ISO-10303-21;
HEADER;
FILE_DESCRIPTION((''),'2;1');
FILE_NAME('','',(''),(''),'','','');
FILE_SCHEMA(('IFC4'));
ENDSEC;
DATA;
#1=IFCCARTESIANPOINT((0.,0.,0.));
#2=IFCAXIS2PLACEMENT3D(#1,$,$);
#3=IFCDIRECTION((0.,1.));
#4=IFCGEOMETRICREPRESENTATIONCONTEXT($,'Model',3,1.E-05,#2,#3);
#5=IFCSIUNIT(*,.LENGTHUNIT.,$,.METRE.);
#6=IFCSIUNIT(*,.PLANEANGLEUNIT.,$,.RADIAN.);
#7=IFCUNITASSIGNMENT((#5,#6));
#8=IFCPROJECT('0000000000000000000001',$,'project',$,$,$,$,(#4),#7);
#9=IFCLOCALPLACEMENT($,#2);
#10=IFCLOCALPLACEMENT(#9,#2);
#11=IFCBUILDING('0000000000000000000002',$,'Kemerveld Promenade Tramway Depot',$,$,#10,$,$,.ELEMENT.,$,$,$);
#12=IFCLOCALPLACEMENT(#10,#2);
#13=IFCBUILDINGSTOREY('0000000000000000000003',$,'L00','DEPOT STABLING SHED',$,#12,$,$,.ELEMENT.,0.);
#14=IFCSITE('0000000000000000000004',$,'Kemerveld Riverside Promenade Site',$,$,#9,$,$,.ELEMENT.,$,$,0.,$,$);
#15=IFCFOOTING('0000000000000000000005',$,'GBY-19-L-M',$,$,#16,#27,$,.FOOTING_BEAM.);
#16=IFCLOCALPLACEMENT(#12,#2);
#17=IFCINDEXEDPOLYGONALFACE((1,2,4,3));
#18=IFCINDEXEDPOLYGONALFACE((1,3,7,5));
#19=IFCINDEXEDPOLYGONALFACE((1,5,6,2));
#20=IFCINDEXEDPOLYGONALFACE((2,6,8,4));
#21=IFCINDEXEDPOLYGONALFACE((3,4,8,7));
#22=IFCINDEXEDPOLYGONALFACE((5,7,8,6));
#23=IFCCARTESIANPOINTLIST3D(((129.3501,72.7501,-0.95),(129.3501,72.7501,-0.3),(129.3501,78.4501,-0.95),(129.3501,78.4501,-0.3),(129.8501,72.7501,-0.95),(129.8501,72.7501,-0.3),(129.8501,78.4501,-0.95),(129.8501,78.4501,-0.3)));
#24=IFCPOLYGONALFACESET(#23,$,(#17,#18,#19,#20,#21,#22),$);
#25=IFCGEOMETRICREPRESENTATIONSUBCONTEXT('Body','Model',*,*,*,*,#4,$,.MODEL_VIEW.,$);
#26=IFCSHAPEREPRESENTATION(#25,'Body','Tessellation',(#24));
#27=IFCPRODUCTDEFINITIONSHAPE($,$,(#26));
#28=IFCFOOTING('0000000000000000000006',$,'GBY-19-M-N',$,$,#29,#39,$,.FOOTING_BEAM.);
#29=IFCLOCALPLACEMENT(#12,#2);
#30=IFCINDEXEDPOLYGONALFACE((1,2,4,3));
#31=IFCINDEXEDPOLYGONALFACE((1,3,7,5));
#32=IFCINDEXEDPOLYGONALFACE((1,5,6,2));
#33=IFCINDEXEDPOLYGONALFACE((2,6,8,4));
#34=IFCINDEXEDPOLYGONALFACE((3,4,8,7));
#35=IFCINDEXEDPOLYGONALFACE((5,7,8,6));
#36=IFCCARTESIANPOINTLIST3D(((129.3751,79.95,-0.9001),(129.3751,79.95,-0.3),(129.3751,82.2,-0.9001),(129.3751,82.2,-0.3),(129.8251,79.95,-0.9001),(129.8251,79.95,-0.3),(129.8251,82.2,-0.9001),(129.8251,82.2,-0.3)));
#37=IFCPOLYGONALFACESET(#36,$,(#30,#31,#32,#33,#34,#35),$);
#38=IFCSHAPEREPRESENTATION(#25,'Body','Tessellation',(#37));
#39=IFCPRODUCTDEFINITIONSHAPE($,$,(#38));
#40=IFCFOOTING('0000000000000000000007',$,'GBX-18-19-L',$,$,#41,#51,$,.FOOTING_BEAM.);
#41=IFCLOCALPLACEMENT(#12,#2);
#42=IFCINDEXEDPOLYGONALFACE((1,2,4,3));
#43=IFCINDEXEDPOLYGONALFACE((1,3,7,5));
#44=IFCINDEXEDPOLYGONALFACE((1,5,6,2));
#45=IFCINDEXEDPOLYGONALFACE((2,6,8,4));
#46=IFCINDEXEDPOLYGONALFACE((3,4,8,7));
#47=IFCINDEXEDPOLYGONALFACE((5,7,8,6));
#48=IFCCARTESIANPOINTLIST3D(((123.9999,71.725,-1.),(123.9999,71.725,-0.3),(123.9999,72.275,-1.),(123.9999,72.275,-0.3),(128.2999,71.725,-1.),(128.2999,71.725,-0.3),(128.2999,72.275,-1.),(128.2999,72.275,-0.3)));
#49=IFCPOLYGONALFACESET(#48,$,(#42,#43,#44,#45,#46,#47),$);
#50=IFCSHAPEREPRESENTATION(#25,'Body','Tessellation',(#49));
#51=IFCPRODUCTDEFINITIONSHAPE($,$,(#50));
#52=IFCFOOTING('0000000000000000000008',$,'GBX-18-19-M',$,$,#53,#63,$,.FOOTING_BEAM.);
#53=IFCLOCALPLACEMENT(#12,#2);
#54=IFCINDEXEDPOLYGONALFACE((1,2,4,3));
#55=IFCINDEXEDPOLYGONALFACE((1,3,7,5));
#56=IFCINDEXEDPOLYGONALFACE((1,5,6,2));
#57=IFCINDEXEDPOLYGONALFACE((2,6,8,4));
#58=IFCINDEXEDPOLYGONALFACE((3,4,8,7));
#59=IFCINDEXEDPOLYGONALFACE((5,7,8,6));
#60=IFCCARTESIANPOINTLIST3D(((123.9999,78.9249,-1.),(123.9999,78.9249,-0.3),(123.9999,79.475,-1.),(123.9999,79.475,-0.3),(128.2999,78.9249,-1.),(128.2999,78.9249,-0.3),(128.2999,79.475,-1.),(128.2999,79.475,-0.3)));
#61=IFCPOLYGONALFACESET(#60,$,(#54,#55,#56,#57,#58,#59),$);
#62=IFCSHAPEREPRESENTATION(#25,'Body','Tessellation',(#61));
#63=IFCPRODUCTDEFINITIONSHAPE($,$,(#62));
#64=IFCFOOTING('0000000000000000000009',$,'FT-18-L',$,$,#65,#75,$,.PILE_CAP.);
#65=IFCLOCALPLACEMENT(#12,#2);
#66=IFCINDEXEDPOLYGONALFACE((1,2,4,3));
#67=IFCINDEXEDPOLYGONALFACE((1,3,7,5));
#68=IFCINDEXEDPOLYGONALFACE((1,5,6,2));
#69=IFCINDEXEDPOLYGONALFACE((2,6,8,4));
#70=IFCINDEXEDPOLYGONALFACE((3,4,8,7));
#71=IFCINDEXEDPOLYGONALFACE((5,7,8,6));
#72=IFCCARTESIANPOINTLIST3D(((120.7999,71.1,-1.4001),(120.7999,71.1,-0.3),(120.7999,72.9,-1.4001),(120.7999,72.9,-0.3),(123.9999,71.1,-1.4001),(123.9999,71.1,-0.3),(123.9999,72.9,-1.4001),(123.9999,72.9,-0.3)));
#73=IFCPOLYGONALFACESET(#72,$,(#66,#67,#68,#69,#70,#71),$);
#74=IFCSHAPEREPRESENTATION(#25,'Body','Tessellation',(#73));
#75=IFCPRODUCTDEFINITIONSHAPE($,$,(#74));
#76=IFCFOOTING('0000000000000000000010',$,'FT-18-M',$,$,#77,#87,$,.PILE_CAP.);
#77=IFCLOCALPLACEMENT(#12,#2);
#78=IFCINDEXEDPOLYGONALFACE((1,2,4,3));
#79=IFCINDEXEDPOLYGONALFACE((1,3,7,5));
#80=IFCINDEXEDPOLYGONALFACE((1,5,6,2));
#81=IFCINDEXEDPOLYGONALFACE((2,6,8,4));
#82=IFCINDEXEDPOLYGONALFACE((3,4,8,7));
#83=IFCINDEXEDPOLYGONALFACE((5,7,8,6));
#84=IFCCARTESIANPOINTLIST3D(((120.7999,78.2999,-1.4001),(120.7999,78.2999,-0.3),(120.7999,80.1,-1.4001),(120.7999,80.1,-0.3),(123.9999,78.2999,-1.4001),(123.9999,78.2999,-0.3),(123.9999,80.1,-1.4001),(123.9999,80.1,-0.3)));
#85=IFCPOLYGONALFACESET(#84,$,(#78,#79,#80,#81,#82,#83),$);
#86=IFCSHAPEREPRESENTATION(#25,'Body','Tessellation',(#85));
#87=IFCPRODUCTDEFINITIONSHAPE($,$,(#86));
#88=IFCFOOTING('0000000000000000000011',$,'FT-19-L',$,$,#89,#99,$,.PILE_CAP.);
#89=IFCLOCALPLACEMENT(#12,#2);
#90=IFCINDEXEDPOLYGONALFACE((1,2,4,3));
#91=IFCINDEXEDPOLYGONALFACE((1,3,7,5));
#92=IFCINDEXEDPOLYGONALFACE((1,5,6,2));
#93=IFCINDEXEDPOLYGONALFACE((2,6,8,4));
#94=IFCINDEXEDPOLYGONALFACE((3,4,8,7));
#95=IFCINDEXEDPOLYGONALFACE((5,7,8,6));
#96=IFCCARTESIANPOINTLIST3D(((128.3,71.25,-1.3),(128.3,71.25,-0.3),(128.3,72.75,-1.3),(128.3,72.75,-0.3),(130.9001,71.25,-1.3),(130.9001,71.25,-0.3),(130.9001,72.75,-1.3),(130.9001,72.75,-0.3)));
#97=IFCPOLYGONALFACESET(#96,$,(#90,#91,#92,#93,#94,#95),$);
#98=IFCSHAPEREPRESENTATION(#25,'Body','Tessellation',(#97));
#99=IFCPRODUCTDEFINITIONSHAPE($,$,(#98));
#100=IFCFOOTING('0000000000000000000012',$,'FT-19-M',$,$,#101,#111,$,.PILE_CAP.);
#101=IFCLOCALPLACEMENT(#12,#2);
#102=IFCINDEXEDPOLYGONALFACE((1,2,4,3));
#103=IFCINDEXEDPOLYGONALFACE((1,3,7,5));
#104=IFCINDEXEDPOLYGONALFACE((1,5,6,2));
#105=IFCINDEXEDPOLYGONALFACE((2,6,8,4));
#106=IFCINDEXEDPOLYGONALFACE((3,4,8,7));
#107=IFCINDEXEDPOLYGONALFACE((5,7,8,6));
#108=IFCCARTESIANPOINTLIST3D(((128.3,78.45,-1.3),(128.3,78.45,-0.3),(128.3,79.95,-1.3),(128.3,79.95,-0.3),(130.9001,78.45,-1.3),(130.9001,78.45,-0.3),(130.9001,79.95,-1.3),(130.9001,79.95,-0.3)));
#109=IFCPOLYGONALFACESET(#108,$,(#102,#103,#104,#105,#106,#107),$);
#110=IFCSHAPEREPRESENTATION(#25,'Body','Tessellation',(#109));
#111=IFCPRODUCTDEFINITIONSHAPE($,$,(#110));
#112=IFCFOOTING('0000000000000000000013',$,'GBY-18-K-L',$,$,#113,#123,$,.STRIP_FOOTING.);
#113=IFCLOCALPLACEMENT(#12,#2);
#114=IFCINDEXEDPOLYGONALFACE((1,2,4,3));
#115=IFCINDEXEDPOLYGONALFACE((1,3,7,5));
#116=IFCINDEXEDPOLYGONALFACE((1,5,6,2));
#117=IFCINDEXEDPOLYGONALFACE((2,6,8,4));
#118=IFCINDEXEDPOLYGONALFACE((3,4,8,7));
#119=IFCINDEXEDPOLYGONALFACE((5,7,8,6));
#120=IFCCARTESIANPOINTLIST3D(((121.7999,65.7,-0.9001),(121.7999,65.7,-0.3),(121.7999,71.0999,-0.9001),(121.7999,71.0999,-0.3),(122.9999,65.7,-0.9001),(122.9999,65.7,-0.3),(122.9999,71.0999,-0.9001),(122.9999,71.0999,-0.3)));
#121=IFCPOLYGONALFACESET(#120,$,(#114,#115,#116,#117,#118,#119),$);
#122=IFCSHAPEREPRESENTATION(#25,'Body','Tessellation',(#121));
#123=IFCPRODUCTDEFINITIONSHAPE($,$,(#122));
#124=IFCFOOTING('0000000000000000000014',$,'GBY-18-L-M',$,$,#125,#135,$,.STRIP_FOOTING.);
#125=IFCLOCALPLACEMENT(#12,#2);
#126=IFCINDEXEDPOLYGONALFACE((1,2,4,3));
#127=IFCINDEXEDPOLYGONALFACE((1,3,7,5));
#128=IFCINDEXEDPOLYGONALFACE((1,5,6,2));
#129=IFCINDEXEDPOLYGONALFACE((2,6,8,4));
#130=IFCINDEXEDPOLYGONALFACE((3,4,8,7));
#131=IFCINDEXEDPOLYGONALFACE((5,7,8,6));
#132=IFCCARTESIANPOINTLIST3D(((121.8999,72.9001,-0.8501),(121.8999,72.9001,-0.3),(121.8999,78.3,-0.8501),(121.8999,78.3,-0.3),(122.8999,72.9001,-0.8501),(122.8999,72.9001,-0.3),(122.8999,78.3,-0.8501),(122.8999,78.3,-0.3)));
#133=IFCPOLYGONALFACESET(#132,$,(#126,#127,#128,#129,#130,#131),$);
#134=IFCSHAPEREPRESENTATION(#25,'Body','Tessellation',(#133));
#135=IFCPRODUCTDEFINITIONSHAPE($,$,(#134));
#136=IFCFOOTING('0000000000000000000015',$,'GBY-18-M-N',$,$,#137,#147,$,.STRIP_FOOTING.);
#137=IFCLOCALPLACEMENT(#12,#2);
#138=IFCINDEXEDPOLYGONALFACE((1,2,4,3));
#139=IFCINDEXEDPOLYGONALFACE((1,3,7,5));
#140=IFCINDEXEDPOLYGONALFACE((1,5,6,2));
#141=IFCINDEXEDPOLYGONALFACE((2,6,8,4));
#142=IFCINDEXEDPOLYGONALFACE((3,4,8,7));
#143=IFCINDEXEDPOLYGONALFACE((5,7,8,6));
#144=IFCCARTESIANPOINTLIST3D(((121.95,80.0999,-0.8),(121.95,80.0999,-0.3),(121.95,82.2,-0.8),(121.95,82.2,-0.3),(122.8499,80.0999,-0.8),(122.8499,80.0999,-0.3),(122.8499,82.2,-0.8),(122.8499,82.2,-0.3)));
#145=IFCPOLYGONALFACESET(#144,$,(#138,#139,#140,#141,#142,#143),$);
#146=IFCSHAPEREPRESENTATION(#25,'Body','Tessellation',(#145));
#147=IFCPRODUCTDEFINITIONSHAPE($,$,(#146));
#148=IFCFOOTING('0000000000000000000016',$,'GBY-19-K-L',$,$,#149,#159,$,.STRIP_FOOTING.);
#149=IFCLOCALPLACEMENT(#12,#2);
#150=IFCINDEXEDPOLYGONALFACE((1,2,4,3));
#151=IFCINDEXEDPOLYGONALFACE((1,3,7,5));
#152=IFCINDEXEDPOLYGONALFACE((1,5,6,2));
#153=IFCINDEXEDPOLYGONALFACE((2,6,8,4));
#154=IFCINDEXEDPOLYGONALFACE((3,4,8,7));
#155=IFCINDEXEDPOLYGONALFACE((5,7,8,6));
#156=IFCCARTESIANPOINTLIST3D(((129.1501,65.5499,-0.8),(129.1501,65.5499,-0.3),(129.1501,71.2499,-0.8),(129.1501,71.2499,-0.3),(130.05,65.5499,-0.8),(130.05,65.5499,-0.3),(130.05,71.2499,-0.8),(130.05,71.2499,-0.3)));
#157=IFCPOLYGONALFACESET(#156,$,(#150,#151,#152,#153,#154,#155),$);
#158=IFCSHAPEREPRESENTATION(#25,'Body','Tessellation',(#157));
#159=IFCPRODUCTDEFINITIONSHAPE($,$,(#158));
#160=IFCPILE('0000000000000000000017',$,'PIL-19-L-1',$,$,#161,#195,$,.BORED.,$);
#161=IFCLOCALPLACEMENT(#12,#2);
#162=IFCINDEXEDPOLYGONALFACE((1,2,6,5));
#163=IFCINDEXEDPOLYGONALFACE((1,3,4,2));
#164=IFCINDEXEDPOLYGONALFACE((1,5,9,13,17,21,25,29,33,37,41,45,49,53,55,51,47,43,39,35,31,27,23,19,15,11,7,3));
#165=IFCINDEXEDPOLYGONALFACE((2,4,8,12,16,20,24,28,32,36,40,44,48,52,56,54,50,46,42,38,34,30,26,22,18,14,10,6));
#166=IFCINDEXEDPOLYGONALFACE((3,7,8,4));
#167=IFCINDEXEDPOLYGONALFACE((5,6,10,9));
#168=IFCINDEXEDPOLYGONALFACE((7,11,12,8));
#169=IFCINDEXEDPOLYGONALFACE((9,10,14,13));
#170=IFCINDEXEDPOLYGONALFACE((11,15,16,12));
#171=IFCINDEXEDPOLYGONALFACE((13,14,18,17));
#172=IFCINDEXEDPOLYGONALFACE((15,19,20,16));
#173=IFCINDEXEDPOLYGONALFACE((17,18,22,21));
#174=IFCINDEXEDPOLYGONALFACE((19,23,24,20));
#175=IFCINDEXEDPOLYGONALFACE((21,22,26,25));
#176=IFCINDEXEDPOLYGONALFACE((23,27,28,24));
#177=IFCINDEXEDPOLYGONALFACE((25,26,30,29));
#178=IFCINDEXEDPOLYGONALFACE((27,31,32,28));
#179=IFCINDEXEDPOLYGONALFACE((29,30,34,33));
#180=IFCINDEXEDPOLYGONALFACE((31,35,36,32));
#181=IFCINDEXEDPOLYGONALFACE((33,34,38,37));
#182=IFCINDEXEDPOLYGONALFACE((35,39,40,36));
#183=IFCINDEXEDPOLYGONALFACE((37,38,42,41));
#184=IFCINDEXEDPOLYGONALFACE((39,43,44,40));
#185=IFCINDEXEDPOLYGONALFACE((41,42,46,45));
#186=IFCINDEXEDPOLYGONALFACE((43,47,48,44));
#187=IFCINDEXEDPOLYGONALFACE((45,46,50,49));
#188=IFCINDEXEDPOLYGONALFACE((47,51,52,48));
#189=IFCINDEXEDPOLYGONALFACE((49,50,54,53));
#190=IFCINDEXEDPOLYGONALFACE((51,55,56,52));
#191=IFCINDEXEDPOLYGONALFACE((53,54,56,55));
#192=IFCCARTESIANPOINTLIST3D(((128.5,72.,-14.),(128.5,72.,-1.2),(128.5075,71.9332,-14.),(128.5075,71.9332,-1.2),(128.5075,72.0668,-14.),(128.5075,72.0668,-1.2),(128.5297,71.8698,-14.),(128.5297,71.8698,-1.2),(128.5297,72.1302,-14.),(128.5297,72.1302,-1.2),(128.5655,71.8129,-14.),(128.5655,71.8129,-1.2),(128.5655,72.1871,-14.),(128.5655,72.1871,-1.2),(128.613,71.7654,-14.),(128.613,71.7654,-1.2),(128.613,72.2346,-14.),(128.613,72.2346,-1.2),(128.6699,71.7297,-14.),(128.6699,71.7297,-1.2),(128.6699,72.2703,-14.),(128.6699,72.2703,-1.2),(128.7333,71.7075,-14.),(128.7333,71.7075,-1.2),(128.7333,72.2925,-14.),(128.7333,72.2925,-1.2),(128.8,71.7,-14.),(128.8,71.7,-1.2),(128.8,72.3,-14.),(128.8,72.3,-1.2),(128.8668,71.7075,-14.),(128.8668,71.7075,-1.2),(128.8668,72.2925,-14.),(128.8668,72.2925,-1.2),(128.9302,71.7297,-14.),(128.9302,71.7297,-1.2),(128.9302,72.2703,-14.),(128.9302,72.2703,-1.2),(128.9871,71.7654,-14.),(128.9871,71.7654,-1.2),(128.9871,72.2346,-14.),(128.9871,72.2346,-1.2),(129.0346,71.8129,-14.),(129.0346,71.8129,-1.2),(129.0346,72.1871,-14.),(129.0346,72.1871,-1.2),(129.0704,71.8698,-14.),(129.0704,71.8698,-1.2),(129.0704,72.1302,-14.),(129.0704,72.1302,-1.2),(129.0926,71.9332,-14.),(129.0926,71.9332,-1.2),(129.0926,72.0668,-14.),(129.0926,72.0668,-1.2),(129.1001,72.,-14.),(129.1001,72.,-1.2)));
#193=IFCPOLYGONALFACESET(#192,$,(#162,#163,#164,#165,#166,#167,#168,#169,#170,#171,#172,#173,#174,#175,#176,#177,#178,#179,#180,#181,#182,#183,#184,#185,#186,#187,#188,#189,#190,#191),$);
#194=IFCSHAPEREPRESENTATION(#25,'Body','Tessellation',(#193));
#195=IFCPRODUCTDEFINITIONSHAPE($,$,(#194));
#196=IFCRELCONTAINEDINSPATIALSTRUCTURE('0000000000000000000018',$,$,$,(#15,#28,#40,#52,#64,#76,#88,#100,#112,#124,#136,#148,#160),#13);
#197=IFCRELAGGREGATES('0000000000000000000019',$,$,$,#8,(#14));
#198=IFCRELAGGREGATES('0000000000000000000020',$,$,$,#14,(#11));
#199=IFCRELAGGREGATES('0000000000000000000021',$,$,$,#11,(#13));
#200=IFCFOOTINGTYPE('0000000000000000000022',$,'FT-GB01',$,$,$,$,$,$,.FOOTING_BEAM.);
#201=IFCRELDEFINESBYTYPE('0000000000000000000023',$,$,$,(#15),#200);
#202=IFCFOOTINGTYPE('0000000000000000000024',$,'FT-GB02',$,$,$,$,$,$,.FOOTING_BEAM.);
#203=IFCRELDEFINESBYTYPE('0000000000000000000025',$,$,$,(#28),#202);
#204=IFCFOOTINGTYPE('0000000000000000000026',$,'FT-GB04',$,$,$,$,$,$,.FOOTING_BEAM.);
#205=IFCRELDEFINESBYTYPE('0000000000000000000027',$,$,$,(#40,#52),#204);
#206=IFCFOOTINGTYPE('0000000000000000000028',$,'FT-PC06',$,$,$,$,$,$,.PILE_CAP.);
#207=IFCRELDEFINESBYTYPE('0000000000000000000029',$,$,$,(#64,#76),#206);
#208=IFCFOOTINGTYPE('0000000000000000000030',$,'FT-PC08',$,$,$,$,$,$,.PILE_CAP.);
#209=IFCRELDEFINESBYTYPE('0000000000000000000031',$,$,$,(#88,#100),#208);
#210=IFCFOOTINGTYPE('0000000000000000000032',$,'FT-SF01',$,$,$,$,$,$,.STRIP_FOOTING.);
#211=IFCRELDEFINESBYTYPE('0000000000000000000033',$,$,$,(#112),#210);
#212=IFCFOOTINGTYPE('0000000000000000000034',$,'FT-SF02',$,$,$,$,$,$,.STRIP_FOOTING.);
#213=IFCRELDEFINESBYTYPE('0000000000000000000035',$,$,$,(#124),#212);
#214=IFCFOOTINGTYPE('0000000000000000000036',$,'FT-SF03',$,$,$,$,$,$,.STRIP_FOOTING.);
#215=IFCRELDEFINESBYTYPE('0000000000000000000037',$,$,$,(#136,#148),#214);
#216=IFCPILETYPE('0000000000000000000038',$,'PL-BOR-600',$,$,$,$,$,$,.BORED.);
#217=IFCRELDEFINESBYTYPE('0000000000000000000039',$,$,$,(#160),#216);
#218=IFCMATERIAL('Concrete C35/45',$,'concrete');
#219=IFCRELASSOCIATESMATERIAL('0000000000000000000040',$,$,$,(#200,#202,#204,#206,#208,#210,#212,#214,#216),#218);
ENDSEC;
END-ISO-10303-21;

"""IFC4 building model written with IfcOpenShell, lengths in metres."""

from ifc_helpers import new_model, si_unit, direction, frame, origin, origin_2d, place, context, subcontext, project, spatial, rectangle, circle, extrude, material, material_profile, profile_set, type_object, element, save


model = new_model("IFC4")

# Units and contexts
model_context = context("Model", 3, precision=1e-05, world=origin(), true_north=direction((0.0, 1.0)))
body_context = subcontext(model_context, "Body", "Model", "MODEL_VIEW")
ifc_project = project(units=[si_unit("LENGTHUNIT", "METRE"), si_unit("PLANEANGLEUNIT", "RADIAN")], contexts=[model_context])

# Site, building, storey
site_placement = place(None, origin())
site = spatial("IfcSite", under=ifc_project, at=site_placement, Name="Kemerveld Riverside Promenade Site", CompositionType="ELEMENT", RefElevation=0.0)
building_placement = place(site_placement, origin())
building = spatial("IfcBuilding", under=site, at=building_placement, Name="Kemerveld Promenade Tramway Depot", CompositionType="ELEMENT")
storey_placement = place(building_placement, origin())
storey = spatial("IfcBuildingStorey", under=building, at=storey_placement, Name="L00", Description="DEPOT STABLING SHED", CompositionType="ELEMENT", Elevation=0.0)

# Footings
ifc_material_1 = material(Name="Concrete C35/45", Category="concrete")
footing_type_1 = type_object("IfcFootingType", Name="FT-GB01", PredefinedType="FOOTING_BEAM", material=ifc_material_1)
footing_1_placement = place(storey_placement, frame((129.6001, 75.6001, -0.95), z_axis=(0.0, 0.0, 1.0), x_axis=(0.0, 1.0, 0.0)))
element("IfcFooting", 1, at=footing_1_placement, inside=storey, type_object=footing_type_1, Name="GBY-19-L-M", PredefinedType="FOOTING_BEAM", context=body_context, shape_type="SweptSolid", body=[
    extrude(rectangle(XDim=5.7, YDim=0.5, at=origin_2d()), origin(), (0.0, 0.0, 1.0), 0.6499),
])
footing_type_2 = type_object("IfcFootingType", Name="FT-GB02", PredefinedType="FOOTING_BEAM", material=ifc_material_1)
footing_2_placement = place(storey_placement, frame((129.6001, 81.075, -0.9001), z_axis=(0.0, 0.0, 1.0), x_axis=(0.0, 1.0, 0.0)))
element("IfcFooting", 2, at=footing_2_placement, inside=storey, type_object=footing_type_2, Name="GBY-19-M-N", PredefinedType="FOOTING_BEAM", context=body_context, shape_type="SweptSolid", body=[
    extrude(rectangle(XDim=2.25, YDim=0.45, at=origin_2d()), origin(), (0.0, 0.0, 1.0), 0.6001),
])
footing_type_3 = type_object("IfcFootingType", Name="FT-GB04", PredefinedType="FOOTING_BEAM", material=ifc_material_1)
for number, where, z_axis, x_axis, name in (
    (3, (126.1499, 72.0, -1.0), (0.0, 0.0, 1.0), (1.0, 0.0, 0.0), "GBX-18-19-L"),
    (4, (126.1499, 79.2, -1.0), (0.0, 0.0, 1.0), (1.0, 0.0, 0.0), "GBX-18-19-M"),
):
    element("IfcFooting", number, at=place(storey_placement, frame(where, z_axis=z_axis, x_axis=x_axis)), inside=storey, type_object=footing_type_3, Name=name, PredefinedType="FOOTING_BEAM", context=body_context, shape_type="SweptSolid", body=[
        extrude(rectangle(XDim=4.3, YDim=0.55, at=origin_2d()), origin(), (0.0, 0.0, 1.0), 0.7),
    ])
footing_type_4 = type_object("IfcFootingType", Name="FT-PC06", PredefinedType="PILE_CAP", material=ifc_material_1)
for number, where, z_axis, x_axis, name in (
    (5, (122.3999, 72.0, -1.4001), (0.0, 0.0, 1.0), (1.0, 0.0, 0.0), "FT-18-L"),
    (6, (122.3999, 79.2, -1.4001), (0.0, 0.0, 1.0), (1.0, 0.0, 0.0), "FT-18-M"),
):
    element("IfcFooting", number, at=place(storey_placement, frame(where, z_axis=z_axis, x_axis=x_axis)), inside=storey, type_object=footing_type_4, Name=name, PredefinedType="PILE_CAP", context=body_context, shape_type="SweptSolid", body=[
        extrude(rectangle(XDim=3.2, YDim=1.8, at=origin_2d()), origin(), (0.0, 0.0, 1.0), 1.1001),
    ])
footing_type_5 = type_object("IfcFootingType", Name="FT-PC08", PredefinedType="PILE_CAP", material=ifc_material_1)
for number, where, z_axis, x_axis, name in (
    (7, (129.6001, 72.0, -1.3), (0.0, 0.0, 1.0), (1.0, 0.0, 0.0), "FT-19-L"),
    (8, (129.6001, 79.2, -1.3), (0.0, 0.0, 1.0), (1.0, 0.0, 0.0), "FT-19-M"),
):
    element("IfcFooting", number, at=place(storey_placement, frame(where, z_axis=z_axis, x_axis=x_axis)), inside=storey, type_object=footing_type_5, Name=name, PredefinedType="PILE_CAP", context=body_context, shape_type="SweptSolid", body=[
        extrude(rectangle(XDim=2.6001, YDim=1.5, at=origin_2d()), origin(), (0.0, 0.0, 1.0), 1.0),
    ])
footing_type_6 = type_object("IfcFootingType", Name="FT-SF01", PredefinedType="STRIP_FOOTING", material=ifc_material_1)
footing_3_placement = place(storey_placement, frame((122.3999, 68.3999, -0.9001), z_axis=(0.0, 0.0, 1.0), x_axis=(0.0, 1.0, 0.0)))
element("IfcFooting", 9, at=footing_3_placement, inside=storey, type_object=footing_type_6, Name="GBY-18-K-L", PredefinedType="STRIP_FOOTING", context=body_context, shape_type="SweptSolid", body=[
    extrude(rectangle(XDim=5.3999, YDim=1.2, at=origin_2d()), origin(), (0.0, 0.0, 1.0), 0.6001),
])
footing_type_7 = type_object("IfcFootingType", Name="FT-SF02", PredefinedType="STRIP_FOOTING", material=ifc_material_1)
footing_4_placement = place(storey_placement, frame((122.3999, 75.6001, -0.8501), z_axis=(0.0, 0.0, 1.0), x_axis=(0.0, 1.0, 0.0)))
element("IfcFooting", 10, at=footing_4_placement, inside=storey, type_object=footing_type_7, Name="GBY-18-L-M", PredefinedType="STRIP_FOOTING", context=body_context, shape_type="SweptSolid", body=[
    extrude(rectangle(XDim=5.3999, YDim=1.0, at=origin_2d()), origin(), (0.0, 0.0, 1.0), 0.55),
])
footing_type_8 = type_object("IfcFootingType", Name="FT-SF03", PredefinedType="STRIP_FOOTING", material=ifc_material_1)
footing_5_placement = place(storey_placement, frame((122.3999, 81.1499, -0.8), z_axis=(0.0, 0.0, 1.0), x_axis=(0.0, 1.0, 0.0)))
element("IfcFooting", 11, at=footing_5_placement, inside=storey, type_object=footing_type_8, Name="GBY-18-M-N", PredefinedType="STRIP_FOOTING", context=body_context, shape_type="SweptSolid", body=[
    extrude(rectangle(XDim=2.1001, YDim=0.8999, at=origin_2d()), origin(), (0.0, 0.0, 1.0), 0.5),
])
footing_6_placement = place(storey_placement, frame((129.6001, 68.3999, -0.8), z_axis=(0.0, 0.0, 1.0), x_axis=(0.0, 1.0, 0.0)))
element("IfcFooting", 12, at=footing_6_placement, inside=storey, type_object=footing_type_8, Name="GBY-19-K-L", PredefinedType="STRIP_FOOTING", context=body_context, shape_type="SweptSolid", body=[
    extrude(rectangle(XDim=5.7, YDim=0.8999, at=origin_2d()), origin(), (0.0, 0.0, 1.0), 0.5),
])

# Pile
ifc_material_profile_1 = material_profile(ifc_material_1, circle(Radius=0.3, at=origin_2d()), Name="PILE-D600")
ifc_profile_set_1 = profile_set([ifc_material_profile_1], Name="Concrete C35/45")
pile_type_1 = type_object("IfcPileType", Name="PL-BOR-600", PredefinedType="BORED", material=ifc_profile_set_1)
for number, where, z_axis, x_axis, name in (
    (13, (128.8, 72.0, -1.2), (0.0, 0.0, -1.0), (1.0, 0.0, 0.0), "PIL-19-L-1"),
):
    element("IfcPile", number, at=place(storey_placement, frame(where, z_axis=z_axis, x_axis=x_axis)), inside=storey, type_object=pile_type_1, Name=name, PredefinedType="BORED", context=body_context, shape_type="SweptSolid", body=[
        extrude(circle(Radius=0.3, at=origin_2d()), origin(), (0.0, 0.0, 1.0), 12.8),
    ])

save(model, "model.ifc")
